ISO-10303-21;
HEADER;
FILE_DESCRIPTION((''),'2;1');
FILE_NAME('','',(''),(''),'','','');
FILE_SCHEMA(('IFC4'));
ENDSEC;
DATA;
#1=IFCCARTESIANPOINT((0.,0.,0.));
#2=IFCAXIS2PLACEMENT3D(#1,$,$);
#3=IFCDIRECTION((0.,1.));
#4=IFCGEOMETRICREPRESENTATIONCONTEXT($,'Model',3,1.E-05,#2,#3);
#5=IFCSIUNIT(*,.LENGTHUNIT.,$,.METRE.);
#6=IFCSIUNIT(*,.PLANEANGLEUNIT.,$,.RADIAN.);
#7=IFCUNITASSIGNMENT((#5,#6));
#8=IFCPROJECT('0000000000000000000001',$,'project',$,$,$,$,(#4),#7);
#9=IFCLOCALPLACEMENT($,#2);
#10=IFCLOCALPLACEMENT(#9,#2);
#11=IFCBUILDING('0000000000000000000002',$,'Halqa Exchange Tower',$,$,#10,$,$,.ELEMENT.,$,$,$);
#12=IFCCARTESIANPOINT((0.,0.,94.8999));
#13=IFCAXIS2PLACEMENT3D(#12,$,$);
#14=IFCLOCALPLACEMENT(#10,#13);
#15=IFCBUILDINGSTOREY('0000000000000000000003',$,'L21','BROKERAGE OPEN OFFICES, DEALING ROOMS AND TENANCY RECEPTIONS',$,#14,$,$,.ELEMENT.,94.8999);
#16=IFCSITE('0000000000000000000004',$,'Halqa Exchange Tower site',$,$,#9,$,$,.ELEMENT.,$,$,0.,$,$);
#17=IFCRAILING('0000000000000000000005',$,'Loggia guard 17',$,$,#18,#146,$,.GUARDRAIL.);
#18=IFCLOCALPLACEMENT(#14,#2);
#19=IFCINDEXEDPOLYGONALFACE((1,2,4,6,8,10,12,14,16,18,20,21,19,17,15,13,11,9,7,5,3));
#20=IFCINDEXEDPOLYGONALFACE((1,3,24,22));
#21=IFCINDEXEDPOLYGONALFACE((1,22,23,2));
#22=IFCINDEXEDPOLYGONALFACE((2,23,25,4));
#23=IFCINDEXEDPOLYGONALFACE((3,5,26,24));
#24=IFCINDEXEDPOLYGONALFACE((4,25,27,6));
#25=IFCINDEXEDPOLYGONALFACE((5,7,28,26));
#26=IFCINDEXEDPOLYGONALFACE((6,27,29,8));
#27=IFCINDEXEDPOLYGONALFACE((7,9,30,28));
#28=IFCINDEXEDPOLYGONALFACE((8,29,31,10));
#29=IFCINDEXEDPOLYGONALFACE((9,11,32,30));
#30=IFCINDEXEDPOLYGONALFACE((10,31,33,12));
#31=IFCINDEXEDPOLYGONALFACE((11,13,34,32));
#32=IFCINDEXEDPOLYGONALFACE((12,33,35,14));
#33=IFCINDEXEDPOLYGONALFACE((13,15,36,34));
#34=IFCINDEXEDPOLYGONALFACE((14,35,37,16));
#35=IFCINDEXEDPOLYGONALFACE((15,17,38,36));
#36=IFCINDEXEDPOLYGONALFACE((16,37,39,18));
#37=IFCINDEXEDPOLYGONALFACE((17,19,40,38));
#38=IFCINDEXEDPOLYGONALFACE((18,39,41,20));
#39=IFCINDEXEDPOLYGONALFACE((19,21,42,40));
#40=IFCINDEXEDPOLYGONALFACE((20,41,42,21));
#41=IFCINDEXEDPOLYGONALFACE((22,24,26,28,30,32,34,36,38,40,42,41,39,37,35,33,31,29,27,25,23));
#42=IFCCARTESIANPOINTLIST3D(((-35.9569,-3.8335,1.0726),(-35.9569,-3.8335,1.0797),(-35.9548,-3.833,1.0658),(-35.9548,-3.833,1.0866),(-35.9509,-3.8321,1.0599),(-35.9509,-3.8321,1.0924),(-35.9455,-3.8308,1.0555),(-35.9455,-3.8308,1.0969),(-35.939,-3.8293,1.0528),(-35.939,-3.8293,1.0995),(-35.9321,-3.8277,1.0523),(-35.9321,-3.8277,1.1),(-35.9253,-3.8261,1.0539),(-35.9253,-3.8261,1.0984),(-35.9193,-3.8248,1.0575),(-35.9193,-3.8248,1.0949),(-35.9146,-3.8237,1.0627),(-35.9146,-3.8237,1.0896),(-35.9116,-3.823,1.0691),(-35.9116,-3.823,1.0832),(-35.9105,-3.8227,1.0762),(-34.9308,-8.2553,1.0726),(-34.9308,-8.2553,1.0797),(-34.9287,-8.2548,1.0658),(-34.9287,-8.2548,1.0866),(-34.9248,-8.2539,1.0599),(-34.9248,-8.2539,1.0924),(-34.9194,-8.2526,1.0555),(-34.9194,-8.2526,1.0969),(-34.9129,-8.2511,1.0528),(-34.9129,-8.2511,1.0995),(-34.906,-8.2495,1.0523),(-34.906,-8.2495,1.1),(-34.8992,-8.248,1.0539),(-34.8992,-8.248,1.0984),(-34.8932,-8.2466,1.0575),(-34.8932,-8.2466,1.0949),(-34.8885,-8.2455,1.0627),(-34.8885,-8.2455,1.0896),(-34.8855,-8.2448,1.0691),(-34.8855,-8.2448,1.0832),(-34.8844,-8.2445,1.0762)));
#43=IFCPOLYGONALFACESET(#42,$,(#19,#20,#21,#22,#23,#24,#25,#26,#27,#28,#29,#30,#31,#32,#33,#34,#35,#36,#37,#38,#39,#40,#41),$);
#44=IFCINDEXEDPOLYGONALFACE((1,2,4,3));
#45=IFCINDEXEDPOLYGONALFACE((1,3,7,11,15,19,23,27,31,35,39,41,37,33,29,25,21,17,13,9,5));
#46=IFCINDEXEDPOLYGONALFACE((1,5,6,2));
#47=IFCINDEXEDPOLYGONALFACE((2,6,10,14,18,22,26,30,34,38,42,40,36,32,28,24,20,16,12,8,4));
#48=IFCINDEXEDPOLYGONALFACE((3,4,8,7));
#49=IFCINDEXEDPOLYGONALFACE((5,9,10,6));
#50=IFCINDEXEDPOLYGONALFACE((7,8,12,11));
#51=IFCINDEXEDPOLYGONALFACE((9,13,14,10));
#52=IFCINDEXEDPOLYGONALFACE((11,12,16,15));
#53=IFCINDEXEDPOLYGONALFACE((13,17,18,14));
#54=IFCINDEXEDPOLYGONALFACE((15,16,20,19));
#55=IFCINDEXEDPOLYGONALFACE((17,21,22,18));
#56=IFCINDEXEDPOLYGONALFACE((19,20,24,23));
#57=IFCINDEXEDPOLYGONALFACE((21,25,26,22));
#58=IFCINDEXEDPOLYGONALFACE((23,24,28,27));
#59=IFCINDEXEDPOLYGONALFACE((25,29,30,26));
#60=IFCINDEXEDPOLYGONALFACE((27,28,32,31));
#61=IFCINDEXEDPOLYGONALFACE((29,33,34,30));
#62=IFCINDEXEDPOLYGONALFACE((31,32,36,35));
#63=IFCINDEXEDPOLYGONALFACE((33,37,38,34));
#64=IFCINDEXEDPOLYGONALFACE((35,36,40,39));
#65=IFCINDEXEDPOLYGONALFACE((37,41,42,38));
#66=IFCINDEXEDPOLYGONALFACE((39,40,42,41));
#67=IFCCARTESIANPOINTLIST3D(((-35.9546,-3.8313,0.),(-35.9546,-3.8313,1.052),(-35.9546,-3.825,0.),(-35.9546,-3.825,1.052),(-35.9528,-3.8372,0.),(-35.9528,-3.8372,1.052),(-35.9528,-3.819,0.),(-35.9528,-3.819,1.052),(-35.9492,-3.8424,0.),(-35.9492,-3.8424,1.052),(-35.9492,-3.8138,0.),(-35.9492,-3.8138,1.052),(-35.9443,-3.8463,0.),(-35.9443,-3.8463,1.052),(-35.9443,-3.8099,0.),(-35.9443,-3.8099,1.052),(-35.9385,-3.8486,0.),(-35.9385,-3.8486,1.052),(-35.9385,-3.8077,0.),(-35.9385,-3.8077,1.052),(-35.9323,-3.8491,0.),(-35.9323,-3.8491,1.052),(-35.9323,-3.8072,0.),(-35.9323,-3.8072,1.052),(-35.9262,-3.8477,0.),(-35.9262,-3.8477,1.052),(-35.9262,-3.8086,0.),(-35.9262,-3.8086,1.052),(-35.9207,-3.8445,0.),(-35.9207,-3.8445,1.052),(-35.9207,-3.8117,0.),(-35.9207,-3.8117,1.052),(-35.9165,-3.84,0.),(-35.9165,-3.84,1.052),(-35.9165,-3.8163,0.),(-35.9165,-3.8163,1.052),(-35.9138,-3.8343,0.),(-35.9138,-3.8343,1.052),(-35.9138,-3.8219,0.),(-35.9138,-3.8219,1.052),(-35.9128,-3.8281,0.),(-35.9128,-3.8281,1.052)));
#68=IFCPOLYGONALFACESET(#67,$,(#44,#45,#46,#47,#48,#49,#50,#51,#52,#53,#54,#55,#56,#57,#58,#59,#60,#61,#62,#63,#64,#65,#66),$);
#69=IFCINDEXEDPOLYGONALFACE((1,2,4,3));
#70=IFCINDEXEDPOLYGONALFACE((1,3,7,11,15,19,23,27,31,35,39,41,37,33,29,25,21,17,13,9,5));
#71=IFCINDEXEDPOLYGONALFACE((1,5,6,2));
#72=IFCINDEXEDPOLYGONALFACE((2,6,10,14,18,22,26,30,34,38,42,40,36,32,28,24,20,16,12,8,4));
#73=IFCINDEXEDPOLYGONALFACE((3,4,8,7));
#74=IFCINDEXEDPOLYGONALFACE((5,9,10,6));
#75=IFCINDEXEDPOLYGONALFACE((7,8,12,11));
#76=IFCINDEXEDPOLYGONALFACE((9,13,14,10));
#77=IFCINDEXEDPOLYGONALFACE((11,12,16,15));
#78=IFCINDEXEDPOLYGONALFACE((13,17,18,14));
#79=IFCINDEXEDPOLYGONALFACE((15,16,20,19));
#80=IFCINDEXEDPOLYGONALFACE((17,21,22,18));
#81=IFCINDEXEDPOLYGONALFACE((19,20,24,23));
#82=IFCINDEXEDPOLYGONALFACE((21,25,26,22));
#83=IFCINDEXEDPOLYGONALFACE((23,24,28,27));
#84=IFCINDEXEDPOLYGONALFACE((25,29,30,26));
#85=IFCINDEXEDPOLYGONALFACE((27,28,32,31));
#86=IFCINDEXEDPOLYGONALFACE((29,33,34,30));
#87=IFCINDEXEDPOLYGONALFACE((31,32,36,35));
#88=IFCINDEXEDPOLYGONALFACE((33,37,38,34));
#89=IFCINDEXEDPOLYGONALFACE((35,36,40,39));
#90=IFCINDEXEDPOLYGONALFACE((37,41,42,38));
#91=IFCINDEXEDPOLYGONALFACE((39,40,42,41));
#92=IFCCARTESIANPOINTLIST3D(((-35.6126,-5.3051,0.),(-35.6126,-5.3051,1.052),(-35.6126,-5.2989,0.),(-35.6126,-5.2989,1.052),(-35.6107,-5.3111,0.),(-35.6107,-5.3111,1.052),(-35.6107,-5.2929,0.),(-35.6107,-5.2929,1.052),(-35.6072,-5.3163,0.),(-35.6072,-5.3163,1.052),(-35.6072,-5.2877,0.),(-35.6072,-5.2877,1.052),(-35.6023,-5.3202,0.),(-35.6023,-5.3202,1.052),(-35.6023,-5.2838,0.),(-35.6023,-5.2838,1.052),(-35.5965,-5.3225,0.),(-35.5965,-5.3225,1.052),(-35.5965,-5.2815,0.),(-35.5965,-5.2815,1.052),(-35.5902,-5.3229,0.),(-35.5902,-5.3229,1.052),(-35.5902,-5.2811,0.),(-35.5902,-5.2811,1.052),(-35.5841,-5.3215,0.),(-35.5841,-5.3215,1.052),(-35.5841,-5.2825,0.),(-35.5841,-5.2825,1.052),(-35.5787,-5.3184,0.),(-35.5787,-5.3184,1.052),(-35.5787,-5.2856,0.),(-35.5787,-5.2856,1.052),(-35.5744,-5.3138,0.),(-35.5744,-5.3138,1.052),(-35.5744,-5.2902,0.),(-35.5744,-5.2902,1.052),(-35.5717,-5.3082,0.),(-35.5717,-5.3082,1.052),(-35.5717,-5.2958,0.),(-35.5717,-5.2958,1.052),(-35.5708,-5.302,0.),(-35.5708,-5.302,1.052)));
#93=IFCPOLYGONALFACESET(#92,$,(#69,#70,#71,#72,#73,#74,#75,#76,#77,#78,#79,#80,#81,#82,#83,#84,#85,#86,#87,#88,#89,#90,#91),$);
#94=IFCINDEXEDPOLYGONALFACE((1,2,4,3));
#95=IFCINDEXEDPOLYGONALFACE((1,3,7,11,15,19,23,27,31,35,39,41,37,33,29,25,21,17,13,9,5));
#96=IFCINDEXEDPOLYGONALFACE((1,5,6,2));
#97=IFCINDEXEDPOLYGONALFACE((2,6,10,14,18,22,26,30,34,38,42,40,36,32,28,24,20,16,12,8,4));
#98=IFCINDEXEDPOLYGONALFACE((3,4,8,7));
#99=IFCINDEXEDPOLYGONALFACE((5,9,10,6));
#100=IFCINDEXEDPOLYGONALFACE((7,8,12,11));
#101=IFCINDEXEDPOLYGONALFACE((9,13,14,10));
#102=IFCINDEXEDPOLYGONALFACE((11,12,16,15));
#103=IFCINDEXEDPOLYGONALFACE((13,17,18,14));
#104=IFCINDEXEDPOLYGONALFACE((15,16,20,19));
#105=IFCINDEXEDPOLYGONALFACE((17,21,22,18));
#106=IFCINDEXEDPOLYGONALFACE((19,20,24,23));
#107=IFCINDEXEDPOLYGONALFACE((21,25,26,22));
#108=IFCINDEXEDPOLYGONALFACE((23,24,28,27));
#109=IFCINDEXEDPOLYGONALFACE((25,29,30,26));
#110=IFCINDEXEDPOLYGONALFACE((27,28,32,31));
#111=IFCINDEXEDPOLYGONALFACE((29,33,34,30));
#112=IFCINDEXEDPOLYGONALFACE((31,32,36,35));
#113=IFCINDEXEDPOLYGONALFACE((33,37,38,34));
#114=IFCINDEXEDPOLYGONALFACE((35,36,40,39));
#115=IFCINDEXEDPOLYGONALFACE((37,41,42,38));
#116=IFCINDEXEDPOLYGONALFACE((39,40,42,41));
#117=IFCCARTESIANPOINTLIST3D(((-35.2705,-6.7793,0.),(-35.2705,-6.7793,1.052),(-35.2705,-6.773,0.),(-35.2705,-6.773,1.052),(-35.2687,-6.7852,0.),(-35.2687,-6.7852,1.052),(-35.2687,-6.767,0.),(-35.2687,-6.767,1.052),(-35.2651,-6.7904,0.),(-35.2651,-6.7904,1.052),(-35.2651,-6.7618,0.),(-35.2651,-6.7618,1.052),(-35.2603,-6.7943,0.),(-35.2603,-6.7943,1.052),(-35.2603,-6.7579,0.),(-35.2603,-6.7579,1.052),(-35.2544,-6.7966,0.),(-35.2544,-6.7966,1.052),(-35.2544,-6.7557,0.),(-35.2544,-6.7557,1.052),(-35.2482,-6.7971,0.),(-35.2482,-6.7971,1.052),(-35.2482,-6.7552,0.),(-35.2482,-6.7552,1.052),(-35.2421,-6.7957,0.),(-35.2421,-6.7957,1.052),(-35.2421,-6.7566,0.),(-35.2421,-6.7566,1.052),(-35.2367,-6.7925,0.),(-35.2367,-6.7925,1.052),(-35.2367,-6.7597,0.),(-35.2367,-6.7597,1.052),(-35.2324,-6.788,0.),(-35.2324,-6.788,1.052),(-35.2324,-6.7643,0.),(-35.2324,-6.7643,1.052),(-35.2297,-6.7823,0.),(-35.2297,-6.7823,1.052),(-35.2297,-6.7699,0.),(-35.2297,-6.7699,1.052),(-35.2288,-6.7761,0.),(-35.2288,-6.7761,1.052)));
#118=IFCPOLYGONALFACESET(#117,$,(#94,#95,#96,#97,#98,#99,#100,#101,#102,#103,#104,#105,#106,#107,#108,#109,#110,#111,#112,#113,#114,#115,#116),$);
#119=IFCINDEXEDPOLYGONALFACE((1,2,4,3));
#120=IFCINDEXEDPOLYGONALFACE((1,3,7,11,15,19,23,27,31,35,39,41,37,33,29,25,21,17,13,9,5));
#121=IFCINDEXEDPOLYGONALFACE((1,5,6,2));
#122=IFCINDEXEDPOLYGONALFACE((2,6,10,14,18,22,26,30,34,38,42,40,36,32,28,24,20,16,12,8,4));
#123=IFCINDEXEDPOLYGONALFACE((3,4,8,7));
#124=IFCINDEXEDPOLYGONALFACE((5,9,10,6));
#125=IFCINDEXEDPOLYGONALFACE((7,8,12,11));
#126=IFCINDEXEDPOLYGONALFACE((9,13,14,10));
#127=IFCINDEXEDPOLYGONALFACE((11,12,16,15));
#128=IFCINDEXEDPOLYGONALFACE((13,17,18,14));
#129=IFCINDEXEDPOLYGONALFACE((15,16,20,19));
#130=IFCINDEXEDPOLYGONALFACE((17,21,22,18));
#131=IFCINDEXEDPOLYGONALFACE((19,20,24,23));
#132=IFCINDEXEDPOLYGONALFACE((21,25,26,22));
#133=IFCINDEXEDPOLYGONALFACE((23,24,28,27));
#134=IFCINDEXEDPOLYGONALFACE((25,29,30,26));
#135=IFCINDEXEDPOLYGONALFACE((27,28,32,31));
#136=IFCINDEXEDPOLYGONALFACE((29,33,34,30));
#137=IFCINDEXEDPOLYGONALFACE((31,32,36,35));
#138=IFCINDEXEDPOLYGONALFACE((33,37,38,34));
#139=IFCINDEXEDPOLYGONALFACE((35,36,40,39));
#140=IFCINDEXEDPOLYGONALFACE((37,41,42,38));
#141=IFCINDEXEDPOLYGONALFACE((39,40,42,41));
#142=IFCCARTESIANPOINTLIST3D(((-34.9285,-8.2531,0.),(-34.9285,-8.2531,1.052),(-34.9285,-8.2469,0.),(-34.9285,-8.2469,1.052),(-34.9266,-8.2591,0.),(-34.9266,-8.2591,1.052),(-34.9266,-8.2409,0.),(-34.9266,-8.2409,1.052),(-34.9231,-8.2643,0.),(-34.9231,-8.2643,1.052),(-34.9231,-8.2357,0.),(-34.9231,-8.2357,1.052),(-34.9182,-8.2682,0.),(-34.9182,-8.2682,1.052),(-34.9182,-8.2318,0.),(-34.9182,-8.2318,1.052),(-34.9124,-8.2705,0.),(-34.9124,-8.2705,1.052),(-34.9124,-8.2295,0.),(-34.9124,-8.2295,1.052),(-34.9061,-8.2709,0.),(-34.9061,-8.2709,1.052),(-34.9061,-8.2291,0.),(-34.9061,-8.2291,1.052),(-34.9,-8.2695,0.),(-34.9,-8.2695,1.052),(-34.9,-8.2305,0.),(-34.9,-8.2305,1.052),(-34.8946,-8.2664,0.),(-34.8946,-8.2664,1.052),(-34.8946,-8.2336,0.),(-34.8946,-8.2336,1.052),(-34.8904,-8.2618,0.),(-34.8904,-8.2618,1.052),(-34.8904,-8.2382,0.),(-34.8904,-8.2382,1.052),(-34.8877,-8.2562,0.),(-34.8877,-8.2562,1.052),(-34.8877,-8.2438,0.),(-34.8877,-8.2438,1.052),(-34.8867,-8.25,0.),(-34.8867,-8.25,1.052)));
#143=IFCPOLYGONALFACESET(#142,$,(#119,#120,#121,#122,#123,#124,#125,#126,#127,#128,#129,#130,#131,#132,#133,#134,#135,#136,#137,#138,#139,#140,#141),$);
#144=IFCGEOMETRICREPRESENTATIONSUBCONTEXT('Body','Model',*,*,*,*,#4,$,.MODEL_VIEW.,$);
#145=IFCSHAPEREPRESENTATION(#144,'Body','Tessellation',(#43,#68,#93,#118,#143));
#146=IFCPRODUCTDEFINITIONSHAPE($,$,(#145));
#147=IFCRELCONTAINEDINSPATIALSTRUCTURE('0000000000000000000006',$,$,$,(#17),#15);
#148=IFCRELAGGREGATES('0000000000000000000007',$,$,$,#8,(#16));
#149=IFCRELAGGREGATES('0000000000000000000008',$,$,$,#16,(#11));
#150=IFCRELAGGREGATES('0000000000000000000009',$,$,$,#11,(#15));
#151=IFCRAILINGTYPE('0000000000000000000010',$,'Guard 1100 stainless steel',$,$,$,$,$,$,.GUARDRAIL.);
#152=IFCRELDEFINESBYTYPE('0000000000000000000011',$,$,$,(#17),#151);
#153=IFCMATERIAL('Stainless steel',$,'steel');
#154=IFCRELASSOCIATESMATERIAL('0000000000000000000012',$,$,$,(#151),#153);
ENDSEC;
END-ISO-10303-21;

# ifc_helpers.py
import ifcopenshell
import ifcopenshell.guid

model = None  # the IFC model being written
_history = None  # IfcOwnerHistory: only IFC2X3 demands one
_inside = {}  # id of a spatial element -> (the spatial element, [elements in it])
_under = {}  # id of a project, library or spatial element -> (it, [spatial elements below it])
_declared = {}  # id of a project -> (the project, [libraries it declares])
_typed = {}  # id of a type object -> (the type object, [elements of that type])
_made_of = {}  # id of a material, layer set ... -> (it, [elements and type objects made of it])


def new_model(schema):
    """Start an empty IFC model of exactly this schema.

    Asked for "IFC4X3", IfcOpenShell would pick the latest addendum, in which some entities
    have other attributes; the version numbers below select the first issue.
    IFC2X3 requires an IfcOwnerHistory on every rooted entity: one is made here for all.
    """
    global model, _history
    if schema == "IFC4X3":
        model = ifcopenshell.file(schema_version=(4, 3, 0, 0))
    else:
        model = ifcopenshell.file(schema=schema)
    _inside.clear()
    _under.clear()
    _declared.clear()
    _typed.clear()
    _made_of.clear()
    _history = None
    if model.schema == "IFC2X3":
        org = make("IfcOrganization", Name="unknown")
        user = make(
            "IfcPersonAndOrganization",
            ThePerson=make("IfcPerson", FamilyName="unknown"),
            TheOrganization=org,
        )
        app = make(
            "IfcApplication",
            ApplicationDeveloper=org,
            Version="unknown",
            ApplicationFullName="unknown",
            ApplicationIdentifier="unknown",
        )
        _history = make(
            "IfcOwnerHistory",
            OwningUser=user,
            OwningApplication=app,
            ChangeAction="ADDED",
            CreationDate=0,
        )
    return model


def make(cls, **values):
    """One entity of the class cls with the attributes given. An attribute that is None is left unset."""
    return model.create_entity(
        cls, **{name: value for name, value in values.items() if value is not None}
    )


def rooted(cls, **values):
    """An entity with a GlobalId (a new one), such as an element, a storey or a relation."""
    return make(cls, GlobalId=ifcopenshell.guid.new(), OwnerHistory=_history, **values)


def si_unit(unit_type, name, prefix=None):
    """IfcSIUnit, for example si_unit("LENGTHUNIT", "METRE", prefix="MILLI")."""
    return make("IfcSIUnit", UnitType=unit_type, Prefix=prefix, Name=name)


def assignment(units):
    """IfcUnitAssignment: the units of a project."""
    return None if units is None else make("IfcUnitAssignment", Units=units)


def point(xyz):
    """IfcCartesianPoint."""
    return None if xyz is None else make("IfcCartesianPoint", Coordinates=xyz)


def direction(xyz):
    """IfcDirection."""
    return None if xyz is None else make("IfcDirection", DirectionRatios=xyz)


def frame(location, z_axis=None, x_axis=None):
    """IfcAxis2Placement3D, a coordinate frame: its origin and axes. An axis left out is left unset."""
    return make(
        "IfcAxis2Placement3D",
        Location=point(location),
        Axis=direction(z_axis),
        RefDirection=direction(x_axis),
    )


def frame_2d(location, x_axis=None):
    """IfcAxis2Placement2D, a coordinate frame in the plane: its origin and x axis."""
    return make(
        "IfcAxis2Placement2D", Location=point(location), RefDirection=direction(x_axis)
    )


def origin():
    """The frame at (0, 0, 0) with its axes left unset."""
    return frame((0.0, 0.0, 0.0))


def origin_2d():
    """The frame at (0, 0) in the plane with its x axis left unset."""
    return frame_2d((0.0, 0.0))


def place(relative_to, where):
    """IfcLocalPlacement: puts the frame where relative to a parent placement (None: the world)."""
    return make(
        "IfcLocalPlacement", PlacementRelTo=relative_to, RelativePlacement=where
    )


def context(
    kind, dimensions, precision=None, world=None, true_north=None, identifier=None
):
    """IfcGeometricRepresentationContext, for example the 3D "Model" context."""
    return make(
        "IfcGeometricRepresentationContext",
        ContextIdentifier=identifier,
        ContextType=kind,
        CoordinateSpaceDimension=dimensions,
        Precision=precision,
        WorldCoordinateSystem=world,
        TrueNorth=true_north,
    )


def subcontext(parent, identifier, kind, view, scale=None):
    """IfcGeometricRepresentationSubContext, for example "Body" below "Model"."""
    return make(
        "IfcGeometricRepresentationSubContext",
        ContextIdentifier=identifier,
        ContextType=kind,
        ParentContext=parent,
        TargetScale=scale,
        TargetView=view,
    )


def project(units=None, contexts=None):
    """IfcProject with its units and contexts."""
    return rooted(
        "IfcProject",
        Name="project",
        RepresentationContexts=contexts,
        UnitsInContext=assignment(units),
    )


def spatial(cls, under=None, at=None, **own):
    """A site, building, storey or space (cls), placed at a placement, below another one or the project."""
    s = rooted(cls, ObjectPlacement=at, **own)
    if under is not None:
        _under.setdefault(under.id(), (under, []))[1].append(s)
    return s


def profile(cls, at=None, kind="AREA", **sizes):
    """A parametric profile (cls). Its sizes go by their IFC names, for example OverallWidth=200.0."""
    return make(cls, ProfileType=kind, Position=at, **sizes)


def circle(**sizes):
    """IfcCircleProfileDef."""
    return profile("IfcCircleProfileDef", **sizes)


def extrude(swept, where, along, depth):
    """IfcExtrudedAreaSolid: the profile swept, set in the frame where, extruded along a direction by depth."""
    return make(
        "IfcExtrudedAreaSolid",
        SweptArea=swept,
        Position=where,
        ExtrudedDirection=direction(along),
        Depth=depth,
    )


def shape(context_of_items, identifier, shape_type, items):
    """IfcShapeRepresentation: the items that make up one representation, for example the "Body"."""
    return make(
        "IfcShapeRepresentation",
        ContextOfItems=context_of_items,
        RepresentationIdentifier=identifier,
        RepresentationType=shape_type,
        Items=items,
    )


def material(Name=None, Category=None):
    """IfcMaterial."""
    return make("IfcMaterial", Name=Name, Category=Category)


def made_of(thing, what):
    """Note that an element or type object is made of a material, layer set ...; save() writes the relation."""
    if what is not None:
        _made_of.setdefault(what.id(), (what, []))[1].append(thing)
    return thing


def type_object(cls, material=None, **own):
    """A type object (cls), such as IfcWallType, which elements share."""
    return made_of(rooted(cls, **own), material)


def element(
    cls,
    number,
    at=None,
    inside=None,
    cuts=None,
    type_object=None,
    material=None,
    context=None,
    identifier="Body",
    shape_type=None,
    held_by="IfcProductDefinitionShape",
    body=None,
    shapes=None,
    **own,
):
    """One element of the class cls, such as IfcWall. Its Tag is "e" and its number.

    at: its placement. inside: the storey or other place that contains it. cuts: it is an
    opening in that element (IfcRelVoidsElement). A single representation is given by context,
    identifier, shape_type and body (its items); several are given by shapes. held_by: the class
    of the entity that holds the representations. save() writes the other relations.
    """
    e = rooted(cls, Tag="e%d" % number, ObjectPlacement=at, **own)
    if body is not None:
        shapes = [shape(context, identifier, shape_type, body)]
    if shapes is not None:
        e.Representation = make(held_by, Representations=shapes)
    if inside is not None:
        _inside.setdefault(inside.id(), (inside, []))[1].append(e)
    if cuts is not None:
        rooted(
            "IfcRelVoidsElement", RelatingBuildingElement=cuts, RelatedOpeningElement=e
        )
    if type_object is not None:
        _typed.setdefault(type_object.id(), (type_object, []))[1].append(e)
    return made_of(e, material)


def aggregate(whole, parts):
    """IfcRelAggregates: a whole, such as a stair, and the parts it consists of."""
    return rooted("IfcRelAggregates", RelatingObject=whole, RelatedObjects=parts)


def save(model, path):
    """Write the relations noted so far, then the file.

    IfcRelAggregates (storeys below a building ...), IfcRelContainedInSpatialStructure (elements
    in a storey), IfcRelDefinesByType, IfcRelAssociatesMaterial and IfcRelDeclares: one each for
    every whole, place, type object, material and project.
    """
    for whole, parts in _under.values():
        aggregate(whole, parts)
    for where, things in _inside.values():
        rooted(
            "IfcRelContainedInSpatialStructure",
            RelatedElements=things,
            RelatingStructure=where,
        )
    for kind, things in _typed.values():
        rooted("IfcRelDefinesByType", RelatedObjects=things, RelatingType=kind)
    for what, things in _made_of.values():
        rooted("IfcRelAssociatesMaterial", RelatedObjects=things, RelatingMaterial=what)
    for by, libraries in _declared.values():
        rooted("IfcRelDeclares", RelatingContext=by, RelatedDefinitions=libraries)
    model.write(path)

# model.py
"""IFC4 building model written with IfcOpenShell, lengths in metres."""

from ifc_helpers import new_model, si_unit, direction, frame, origin, origin_2d, place, context, subcontext, project, spatial, circle, extrude, material, type_object, element, save


model = new_model("IFC4")

# Units and contexts
model_context = context("Model", 3, precision=1e-05, world=origin(), true_north=direction((0.0, 1.0)))
body_context = subcontext(model_context, "Body", "Model", "MODEL_VIEW")
ifc_project = project(units=[si_unit("LENGTHUNIT", "METRE"), si_unit("PLANEANGLEUNIT", "RADIAN")], contexts=[model_context])

# Site, building, storey
site_placement = place(None, origin())
site = spatial("IfcSite", under=ifc_project, at=site_placement, Name="Halqa Exchange Tower site", CompositionType="ELEMENT", RefElevation=0.0)
building_placement = place(site_placement, origin())
building = spatial("IfcBuilding", under=site, at=building_placement, Name="Halqa Exchange Tower", CompositionType="ELEMENT")
storey_placement = place(building_placement, frame((0.0, 0.0, 94.8999)))
storey = spatial("IfcBuildingStorey", under=building, at=storey_placement, Name="L21", Description="BROKERAGE OPEN OFFICES, DEALING ROOMS AND TENANCY RECEPTIONS", CompositionType="ELEMENT", Elevation=94.8999)

# Railing
ifc_material_1 = material(Name="Stainless steel", Category="steel")
railing_type = type_object("IfcRailingType", Name="Guard 1100 stainless steel", PredefinedType="GUARDRAIL", material=ifc_material_1)
railing_1_placement = place(storey_placement, frame((-35.9338, -3.8281, 0.0)))
element("IfcRailing", 1, at=railing_1_placement, inside=storey, type_object=railing_type, Name="Loggia guard 17", PredefinedType="GUARDRAIL", context=body_context, shape_type="SweptSolid", body=[
    extrude(circle(Radius=0.0239, at=origin_2d()), frame((0.0, 0.0, 1.0762), z_axis=(0.22605, -0.974116, 0.0), x_axis=(0.974116, 0.22605, 0.0)), (0.0, 0.0, 1.0), 4.5393),
    extrude(circle(Radius=0.021, at=origin_2d()), origin(), (0.0, 0.0, 1.0), 1.052),
    extrude(circle(Radius=0.021, at=origin_2d()), frame((0.342, -1.4739, 0.0)), (0.0, 0.0, 1.0), 1.052),
    extrude(circle(Radius=0.021, at=origin_2d()), frame((0.6841, -2.948, 0.0)), (0.0, 0.0, 1.0), 1.052),
    extrude(circle(Radius=0.021, at=origin_2d()), frame((1.0261, -4.4219, 0.0)), (0.0, 0.0, 1.0), 1.052),
])

save(model, "model.ifc")
